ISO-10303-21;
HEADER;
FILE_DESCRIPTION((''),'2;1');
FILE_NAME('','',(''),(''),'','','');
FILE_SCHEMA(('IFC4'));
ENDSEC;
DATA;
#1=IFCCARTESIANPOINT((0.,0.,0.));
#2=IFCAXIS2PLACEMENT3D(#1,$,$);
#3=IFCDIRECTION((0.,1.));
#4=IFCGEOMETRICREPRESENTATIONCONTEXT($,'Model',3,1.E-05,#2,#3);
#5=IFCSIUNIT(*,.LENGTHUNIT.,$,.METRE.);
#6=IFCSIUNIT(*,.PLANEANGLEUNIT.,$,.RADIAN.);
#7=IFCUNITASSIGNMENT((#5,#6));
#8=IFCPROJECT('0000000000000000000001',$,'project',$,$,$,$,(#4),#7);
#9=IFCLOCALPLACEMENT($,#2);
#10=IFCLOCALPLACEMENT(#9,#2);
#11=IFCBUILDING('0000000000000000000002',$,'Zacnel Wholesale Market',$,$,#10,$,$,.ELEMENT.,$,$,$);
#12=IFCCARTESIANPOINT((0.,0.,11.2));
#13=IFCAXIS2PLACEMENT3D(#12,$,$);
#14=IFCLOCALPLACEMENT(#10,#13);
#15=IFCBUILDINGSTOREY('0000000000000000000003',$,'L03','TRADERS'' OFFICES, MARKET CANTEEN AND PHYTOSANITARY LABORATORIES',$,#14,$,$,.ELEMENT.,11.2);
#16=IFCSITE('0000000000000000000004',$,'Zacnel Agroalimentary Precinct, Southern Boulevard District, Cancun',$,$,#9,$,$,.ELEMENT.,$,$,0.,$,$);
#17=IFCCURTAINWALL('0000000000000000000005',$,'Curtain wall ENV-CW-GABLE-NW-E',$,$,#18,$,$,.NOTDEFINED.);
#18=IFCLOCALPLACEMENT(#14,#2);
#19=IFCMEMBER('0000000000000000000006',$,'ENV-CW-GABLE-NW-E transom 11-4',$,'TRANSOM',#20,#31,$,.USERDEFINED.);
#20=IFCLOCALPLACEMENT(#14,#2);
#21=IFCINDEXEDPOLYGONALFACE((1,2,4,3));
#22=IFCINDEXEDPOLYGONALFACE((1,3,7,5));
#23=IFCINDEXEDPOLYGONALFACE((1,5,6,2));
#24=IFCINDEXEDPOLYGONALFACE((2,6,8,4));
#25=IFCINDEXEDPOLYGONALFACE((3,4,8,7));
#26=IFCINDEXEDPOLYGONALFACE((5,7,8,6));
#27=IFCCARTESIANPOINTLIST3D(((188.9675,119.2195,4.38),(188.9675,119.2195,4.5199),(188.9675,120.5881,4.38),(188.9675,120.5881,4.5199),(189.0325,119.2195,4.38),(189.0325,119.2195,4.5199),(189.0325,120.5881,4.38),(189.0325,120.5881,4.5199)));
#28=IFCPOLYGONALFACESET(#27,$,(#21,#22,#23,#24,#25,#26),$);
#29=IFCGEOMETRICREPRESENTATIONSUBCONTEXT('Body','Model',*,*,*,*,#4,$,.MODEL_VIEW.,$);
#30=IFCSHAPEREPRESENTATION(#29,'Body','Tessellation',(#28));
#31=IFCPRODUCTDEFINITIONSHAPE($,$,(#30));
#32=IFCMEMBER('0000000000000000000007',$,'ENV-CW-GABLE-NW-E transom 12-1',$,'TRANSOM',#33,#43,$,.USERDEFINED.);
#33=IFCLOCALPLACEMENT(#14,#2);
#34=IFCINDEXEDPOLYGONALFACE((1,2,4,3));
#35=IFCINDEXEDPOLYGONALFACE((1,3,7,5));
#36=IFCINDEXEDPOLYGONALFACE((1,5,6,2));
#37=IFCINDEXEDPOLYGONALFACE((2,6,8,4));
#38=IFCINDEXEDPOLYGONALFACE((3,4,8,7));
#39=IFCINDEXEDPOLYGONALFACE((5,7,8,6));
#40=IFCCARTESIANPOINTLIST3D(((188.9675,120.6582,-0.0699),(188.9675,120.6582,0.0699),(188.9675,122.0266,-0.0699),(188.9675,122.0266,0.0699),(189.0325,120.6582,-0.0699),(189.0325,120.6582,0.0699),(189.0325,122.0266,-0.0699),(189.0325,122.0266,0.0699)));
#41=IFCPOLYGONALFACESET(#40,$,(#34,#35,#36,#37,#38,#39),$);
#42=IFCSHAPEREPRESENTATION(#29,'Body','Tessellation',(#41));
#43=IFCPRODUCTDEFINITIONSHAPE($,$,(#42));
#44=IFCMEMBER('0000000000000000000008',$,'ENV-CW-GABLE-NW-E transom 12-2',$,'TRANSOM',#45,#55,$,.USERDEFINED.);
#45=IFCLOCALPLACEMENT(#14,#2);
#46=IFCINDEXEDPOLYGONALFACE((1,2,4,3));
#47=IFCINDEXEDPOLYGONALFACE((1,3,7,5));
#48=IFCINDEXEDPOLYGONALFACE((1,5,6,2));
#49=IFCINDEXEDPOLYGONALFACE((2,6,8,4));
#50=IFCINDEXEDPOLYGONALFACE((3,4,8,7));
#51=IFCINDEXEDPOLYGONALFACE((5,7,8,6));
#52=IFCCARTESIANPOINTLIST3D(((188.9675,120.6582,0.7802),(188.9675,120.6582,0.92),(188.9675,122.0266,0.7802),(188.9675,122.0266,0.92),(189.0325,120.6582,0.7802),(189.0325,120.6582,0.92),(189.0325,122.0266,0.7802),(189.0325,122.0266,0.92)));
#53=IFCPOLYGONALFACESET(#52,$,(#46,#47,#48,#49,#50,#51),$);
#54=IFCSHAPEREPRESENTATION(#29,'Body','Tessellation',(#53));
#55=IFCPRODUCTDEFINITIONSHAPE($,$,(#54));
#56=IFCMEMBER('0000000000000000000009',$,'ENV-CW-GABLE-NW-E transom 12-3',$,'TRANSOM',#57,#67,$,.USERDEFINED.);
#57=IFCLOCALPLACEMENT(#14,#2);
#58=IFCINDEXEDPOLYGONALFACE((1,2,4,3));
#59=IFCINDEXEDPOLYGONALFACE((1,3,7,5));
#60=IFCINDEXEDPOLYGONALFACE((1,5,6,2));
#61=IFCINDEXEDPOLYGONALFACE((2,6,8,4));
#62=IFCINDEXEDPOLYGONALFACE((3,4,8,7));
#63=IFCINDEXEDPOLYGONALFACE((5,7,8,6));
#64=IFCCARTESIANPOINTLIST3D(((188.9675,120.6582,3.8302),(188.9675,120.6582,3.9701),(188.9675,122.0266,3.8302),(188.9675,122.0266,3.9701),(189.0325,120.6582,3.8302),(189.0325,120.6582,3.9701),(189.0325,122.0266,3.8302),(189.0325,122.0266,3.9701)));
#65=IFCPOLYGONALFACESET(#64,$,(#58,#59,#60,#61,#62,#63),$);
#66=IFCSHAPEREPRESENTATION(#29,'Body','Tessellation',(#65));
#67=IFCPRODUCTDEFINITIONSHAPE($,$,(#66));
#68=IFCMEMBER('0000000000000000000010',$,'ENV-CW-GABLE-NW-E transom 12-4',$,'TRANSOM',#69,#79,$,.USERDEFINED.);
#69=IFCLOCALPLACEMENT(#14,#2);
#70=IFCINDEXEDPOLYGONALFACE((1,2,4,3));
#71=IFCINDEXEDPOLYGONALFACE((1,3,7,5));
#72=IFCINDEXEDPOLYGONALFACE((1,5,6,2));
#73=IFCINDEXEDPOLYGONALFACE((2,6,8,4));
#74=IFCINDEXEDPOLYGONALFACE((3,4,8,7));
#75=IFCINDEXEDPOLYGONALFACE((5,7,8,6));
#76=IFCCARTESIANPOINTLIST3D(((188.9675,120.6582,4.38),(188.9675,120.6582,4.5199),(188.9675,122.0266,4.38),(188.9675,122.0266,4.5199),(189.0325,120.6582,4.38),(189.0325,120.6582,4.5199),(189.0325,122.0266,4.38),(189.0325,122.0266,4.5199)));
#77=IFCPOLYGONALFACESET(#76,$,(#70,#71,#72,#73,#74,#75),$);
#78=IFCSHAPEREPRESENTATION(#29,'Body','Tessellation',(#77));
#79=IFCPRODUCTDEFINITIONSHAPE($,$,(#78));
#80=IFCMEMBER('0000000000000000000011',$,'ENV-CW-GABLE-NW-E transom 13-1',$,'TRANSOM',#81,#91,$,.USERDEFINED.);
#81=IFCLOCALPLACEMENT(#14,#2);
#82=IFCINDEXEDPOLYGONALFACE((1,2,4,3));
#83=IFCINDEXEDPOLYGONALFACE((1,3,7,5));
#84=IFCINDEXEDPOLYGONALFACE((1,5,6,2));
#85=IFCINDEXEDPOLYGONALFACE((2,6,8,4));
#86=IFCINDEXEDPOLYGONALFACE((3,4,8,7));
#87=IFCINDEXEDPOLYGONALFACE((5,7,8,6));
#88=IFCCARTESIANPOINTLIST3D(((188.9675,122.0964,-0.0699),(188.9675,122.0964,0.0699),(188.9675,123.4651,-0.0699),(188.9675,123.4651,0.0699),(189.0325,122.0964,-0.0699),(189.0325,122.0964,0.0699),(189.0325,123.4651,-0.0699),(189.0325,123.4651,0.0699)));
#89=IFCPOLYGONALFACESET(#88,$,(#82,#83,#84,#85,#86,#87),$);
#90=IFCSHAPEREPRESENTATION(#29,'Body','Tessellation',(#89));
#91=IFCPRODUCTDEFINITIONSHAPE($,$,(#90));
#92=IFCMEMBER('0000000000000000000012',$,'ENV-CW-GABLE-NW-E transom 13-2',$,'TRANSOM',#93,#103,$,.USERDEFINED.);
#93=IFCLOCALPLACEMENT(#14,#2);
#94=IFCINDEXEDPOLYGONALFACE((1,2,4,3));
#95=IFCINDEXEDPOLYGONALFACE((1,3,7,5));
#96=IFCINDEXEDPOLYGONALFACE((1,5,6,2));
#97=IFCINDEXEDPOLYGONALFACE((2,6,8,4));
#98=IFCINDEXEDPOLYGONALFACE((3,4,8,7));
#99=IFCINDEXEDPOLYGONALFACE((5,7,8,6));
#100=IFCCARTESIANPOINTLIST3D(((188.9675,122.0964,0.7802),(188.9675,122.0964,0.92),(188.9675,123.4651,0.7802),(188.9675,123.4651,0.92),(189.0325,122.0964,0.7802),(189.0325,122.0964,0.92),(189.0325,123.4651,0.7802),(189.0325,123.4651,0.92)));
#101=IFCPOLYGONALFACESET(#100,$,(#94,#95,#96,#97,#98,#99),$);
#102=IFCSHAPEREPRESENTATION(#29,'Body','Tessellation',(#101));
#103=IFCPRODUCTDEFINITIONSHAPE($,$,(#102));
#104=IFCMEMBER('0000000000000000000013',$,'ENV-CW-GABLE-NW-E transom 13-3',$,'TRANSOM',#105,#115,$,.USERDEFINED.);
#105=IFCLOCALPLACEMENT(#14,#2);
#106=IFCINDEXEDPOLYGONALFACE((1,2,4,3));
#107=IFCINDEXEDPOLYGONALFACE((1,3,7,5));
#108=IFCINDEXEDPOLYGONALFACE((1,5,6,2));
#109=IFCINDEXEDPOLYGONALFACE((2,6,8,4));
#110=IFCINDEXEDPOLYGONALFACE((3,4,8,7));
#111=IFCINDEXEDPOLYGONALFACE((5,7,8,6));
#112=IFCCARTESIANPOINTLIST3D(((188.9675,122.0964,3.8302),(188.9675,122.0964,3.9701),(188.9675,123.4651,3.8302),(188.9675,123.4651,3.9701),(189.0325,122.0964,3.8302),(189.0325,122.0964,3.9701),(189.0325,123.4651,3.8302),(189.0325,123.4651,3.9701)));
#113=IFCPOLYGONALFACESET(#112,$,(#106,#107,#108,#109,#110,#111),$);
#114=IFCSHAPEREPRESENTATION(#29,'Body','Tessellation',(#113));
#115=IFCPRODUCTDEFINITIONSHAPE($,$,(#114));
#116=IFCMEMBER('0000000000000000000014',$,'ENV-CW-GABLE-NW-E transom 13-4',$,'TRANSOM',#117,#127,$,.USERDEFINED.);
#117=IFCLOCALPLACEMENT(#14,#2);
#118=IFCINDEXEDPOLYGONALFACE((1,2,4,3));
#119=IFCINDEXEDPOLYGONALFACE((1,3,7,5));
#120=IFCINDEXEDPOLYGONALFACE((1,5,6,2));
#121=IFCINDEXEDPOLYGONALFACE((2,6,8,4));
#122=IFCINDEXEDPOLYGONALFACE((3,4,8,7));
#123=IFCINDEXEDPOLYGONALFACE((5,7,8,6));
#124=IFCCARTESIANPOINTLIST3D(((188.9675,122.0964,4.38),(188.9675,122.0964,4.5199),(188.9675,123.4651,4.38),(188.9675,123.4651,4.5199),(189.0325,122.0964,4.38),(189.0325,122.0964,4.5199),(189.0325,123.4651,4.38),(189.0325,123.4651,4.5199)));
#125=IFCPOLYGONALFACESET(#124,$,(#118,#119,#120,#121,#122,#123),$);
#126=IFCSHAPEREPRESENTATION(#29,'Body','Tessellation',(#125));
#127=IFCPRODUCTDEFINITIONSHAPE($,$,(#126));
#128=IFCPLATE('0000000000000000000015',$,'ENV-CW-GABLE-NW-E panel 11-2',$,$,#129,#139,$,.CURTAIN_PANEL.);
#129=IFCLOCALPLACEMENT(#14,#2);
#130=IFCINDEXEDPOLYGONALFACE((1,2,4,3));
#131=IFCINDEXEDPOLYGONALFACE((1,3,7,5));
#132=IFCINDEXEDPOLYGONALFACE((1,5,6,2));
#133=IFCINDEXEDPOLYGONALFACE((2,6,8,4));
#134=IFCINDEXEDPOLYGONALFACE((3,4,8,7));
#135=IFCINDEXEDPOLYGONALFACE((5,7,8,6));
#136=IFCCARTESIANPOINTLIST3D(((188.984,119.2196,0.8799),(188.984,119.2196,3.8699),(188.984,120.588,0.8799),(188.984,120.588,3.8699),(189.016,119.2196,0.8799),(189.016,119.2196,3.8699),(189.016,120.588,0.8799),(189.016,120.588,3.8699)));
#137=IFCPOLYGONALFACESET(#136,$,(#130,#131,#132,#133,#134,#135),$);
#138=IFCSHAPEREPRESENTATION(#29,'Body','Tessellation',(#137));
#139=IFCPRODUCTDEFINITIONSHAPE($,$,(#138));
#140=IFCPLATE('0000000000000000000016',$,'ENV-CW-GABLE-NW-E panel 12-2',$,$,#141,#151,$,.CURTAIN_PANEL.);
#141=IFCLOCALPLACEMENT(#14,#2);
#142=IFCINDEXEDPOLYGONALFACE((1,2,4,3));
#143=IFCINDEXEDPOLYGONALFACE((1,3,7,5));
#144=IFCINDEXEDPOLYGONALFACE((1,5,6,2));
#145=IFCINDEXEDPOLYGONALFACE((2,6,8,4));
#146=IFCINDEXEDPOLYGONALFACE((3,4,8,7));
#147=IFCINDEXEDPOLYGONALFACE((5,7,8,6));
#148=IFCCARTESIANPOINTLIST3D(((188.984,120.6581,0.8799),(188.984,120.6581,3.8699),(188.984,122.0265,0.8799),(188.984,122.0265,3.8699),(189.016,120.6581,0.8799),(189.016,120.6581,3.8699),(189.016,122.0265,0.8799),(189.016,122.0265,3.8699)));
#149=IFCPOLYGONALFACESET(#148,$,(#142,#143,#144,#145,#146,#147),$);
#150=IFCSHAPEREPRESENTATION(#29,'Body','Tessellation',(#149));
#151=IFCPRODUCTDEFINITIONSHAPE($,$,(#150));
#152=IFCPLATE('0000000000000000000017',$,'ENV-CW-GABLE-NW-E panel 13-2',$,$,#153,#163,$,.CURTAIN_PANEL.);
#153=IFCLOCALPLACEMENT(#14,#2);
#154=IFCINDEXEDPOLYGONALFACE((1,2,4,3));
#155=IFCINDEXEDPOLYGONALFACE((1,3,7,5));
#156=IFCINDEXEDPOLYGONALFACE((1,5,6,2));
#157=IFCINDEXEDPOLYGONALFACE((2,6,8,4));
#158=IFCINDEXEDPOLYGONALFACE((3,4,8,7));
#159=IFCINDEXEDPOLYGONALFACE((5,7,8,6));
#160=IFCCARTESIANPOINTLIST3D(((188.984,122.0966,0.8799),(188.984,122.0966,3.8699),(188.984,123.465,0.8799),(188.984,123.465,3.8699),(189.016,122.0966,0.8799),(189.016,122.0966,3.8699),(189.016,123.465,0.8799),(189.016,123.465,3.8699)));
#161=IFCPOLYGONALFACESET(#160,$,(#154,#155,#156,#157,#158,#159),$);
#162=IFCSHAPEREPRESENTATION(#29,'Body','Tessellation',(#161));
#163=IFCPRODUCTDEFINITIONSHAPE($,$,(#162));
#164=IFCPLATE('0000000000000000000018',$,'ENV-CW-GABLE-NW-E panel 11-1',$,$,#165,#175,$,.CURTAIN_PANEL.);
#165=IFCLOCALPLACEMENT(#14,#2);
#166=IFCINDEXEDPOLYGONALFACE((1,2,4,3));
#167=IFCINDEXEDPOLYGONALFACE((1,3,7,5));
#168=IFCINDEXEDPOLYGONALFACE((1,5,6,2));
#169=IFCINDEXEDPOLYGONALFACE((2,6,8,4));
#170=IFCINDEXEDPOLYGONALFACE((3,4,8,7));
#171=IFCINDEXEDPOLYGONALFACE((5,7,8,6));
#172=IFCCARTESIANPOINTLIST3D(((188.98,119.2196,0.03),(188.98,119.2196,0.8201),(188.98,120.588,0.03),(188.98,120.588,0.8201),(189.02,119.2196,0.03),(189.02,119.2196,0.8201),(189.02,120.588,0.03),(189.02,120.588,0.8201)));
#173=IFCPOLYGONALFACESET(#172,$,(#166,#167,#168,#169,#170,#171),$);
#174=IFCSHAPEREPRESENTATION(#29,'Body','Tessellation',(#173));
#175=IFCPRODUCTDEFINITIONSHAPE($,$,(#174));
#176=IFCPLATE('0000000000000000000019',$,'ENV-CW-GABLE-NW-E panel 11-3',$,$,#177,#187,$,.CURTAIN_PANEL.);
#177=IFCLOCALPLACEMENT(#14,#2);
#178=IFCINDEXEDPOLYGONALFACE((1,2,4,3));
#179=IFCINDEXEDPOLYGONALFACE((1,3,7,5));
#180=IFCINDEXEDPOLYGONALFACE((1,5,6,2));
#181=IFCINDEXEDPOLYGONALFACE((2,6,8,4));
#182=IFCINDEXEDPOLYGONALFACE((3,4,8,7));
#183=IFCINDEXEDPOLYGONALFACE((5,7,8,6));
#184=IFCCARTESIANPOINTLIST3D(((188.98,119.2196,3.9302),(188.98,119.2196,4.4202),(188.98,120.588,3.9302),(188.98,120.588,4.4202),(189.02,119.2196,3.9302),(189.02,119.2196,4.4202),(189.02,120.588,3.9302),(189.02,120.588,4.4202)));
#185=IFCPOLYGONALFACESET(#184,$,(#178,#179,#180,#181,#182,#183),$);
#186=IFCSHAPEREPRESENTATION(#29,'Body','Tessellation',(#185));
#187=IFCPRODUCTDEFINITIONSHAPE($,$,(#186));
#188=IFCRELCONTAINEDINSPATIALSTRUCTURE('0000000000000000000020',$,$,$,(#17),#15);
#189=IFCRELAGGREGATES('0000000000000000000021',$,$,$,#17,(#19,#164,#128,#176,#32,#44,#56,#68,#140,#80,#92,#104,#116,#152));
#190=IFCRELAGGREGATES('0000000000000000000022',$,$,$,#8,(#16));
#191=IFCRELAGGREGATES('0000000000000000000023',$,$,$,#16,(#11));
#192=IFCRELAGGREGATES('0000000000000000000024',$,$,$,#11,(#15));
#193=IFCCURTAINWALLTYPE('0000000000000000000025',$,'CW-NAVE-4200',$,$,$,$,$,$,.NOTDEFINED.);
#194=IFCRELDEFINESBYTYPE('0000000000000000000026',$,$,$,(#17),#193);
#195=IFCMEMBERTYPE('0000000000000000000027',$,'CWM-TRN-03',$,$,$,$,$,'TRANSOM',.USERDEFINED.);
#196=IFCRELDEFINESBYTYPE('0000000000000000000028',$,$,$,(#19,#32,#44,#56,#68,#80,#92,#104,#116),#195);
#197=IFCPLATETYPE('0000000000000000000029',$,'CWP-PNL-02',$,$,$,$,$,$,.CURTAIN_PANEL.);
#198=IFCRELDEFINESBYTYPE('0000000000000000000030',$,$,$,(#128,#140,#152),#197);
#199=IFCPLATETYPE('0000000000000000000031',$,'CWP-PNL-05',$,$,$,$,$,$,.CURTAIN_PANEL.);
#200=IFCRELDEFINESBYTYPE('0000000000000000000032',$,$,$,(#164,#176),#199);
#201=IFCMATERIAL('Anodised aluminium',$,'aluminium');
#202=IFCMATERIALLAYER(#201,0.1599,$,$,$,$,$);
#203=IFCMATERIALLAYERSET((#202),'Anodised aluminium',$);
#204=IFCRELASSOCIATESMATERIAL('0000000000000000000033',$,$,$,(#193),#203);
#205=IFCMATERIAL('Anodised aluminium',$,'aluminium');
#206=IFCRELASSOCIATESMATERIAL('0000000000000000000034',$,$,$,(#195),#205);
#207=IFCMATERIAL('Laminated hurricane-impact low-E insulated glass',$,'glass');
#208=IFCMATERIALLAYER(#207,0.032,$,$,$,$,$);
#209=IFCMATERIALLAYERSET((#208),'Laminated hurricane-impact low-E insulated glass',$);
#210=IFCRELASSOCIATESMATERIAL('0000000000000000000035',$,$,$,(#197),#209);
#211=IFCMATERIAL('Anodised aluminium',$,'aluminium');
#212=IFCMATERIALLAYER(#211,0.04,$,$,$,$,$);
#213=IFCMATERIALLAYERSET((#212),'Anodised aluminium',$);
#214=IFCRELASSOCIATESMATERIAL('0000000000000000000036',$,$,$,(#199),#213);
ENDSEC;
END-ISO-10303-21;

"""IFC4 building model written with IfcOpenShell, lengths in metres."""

from ifc_helpers import new_model, si_unit, direction, frame, origin, origin_2d, place, context, subcontext, project, spatial, rectangle, extrude, material, layer, layer_set, material_profile, profile_set, type_object, element, aggregate, save


model = new_model("IFC4")

# Units and contexts
model_context = context("Model", 3, precision=1e-05, world=origin(), true_north=direction((0.0, 1.0)))
body_context = subcontext(model_context, "Body", "Model", "MODEL_VIEW")
ifc_project = project(units=[si_unit("LENGTHUNIT", "METRE"), si_unit("PLANEANGLEUNIT", "RADIAN")], contexts=[model_context])

# Site, building, storey
site_placement = place(None, origin())
site = spatial("IfcSite", under=ifc_project, at=site_placement, Name="Zacnel Agroalimentary Precinct, Southern Boulevard District, Cancun", CompositionType="ELEMENT", RefElevation=0.0)
building_placement = place(site_placement, origin())
building = spatial("IfcBuilding", under=site, at=building_placement, Name="Zacnel Wholesale Market", CompositionType="ELEMENT")
storey_placement = place(building_placement, frame((0.0, 0.0, 11.2)))
storey = spatial("IfcBuildingStorey", under=building, at=storey_placement, Name="L03", Description="TRADERS' OFFICES, MARKET CANTEEN AND PHYTOSANITARY LABORATORIES", CompositionType="ELEMENT", Elevation=11.2)

# Curtain wall
ifc_material_1 = material(Name="Anodised aluminium", Category="aluminium")
ifc_layer_1 = layer(ifc_material_1, 0.1599)
ifc_layer_set_1 = layer_set([ifc_layer_1], Name="Anodised aluminium")
curtain_wall_type_1 = type_object("IfcCurtainWallType", Name="CW-NAVE-4200", PredefinedType="NOTDEFINED", material=ifc_layer_set_1)
curtain_wall_1_placement = place(storey_placement, origin())
curtain_wall_1 = element("IfcCurtainWall", 1, at=curtain_wall_1_placement, inside=storey, type_object=curtain_wall_type_1, Name="Curtain wall ENV-CW-GABLE-NW-E", PredefinedType="NOTDEFINED")

# Members
ifc_material_2 = material(Name="Anodised aluminium", Category="aluminium")
ifc_material_profile_1 = material_profile(ifc_material_2, rectangle(XDim=0.0649, YDim=0.1399, at=origin_2d()), Name="AW-TRANSOM 65x140")
ifc_profile_set_1 = profile_set([ifc_material_profile_1], Name="Anodised aluminium")
member_type_1 = type_object("IfcMemberType", Name="CWM-TRN-03", ElementType="TRANSOM", PredefinedType="USERDEFINED", material=ifc_profile_set_1)
member_1_placement = place(storey_placement, frame((189.0, 119.2195, 4.45), z_axis=(0.0, 1.0, 0.0), x_axis=(-1.0, 0.0, 0.0)))
member_1 = element("IfcMember", 2, at=member_1_placement, type_object=member_type_1, Name="ENV-CW-GABLE-NW-E transom 11-4", ObjectType="TRANSOM", PredefinedType="USERDEFINED", context=body_context, shape_type="SweptSolid", body=[
    extrude(rectangle(XDim=0.0649, YDim=0.1399, at=origin_2d()), origin(), (0.0, 0.0, 1.0), 1.3687),
])
member_2_placement = place(storey_placement, frame((189.0, 120.6582, 0.0), z_axis=(0.0, 1.0, 0.0), x_axis=(-1.0, 0.0, 0.0)))
member_2 = element("IfcMember", 3, at=member_2_placement, type_object=member_type_1, Name="ENV-CW-GABLE-NW-E transom 12-1", ObjectType="TRANSOM", PredefinedType="USERDEFINED", context=body_context, shape_type="SweptSolid", body=[
    extrude(rectangle(XDim=0.0649, YDim=0.1399, at=origin_2d()), origin(), (0.0, 0.0, 1.0), 1.3684),
])
member_3_placement = place(storey_placement, frame((189.0, 120.6582, 0.8501), z_axis=(0.0, 1.0, 0.0), x_axis=(-1.0, 0.0, 0.0)))
member_3 = element("IfcMember", 4, at=member_3_placement, type_object=member_type_1, Name="ENV-CW-GABLE-NW-E transom 12-2", ObjectType="TRANSOM", PredefinedType="USERDEFINED", context=body_context, shape_type="SweptSolid", body=[
    extrude(rectangle(XDim=0.0649, YDim=0.1399, at=origin_2d()), origin(), (0.0, 0.0, 1.0), 1.3684),
])
member_4_placement = place(storey_placement, frame((189.0, 120.6582, 3.9001), z_axis=(0.0, 1.0, 0.0), x_axis=(-1.0, 0.0, 0.0)))
member_4 = element("IfcMember", 5, at=member_4_placement, type_object=member_type_1, Name="ENV-CW-GABLE-NW-E transom 12-3", ObjectType="TRANSOM", PredefinedType="USERDEFINED", context=body_context, shape_type="SweptSolid", body=[
    extrude(rectangle(XDim=0.0649, YDim=0.1399, at=origin_2d()), origin(), (0.0, 0.0, 1.0), 1.3684),
])
member_5_placement = place(storey_placement, frame((189.0, 120.6582, 4.45), z_axis=(0.0, 1.0, 0.0), x_axis=(-1.0, 0.0, 0.0)))
member_5 = element("IfcMember", 6, at=member_5_placement, type_object=member_type_1, Name="ENV-CW-GABLE-NW-E transom 12-4", ObjectType="TRANSOM", PredefinedType="USERDEFINED", context=body_context, shape_type="SweptSolid", body=[
    extrude(rectangle(XDim=0.0649, YDim=0.1399, at=origin_2d()), origin(), (0.0, 0.0, 1.0), 1.3684),
])
member_6_placement = place(storey_placement, frame((189.0, 122.0964, 0.0), z_axis=(0.0, 1.0, 0.0), x_axis=(-1.0, 0.0, 0.0)))
member_6 = element("IfcMember", 7, at=member_6_placement, type_object=member_type_1, Name="ENV-CW-GABLE-NW-E transom 13-1", ObjectType="TRANSOM", PredefinedType="USERDEFINED", context=body_context, shape_type="SweptSolid", body=[
    extrude(rectangle(XDim=0.0649, YDim=0.1399, at=origin_2d()), origin(), (0.0, 0.0, 1.0), 1.3687),
])
member_7_placement = place(storey_placement, frame((189.0, 122.0964, 0.8501), z_axis=(0.0, 1.0, 0.0), x_axis=(-1.0, 0.0, 0.0)))
member_7 = element("IfcMember", 8, at=member_7_placement, type_object=member_type_1, Name="ENV-CW-GABLE-NW-E transom 13-2", ObjectType="TRANSOM", PredefinedType="USERDEFINED", context=body_context, shape_type="SweptSolid", body=[
    extrude(rectangle(XDim=0.0649, YDim=0.1399, at=origin_2d()), origin(), (0.0, 0.0, 1.0), 1.3687),
])
member_8_placement = place(storey_placement, frame((189.0, 122.0964, 3.9001), z_axis=(0.0, 1.0, 0.0), x_axis=(-1.0, 0.0, 0.0)))
member_8 = element("IfcMember", 9, at=member_8_placement, type_object=member_type_1, Name="ENV-CW-GABLE-NW-E transom 13-3", ObjectType="TRANSOM", PredefinedType="USERDEFINED", context=body_context, shape_type="SweptSolid", body=[
    extrude(rectangle(XDim=0.0649, YDim=0.1399, at=origin_2d()), origin(), (0.0, 0.0, 1.0), 1.3687),
])
member_9_placement = place(storey_placement, frame((189.0, 122.0964, 4.45), z_axis=(0.0, 1.0, 0.0), x_axis=(-1.0, 0.0, 0.0)))
member_9 = element("IfcMember", 10, at=member_9_placement, type_object=member_type_1, Name="ENV-CW-GABLE-NW-E transom 13-4", ObjectType="TRANSOM", PredefinedType="USERDEFINED", context=body_context, shape_type="SweptSolid", body=[
    extrude(rectangle(XDim=0.0649, YDim=0.1399, at=origin_2d()), origin(), (0.0, 0.0, 1.0), 1.3687),
])

# Plates
ifc_material_3 = material(Name="Laminated hurricane-impact low-E insulated glass", Category="glass")
ifc_layer_2 = layer(ifc_material_3, 0.032)
ifc_layer_set_2 = layer_set([ifc_layer_2], Name="Laminated hurricane-impact low-E insulated glass")
plate_type_1 = type_object("IfcPlateType", Name="CWP-PNL-02", PredefinedType="CURTAIN_PANEL", material=ifc_layer_set_2)
plate_1_placement = place(storey_placement, frame((189.0, 119.9038, 0.8799), z_axis=(0.0, 0.0, 1.0), x_axis=(0.0, 1.0, 0.0)))
plate_1 = element("IfcPlate", 11, at=plate_1_placement, type_object=plate_type_1, Name="ENV-CW-GABLE-NW-E panel 11-2", PredefinedType="CURTAIN_PANEL", context=body_context, shape_type="SweptSolid", body=[
    extrude(rectangle(XDim=1.3684, YDim=0.032, at=origin_2d()), origin(), (0.0, 0.0, 1.0), 2.99),
])
plate_2_placement = place(storey_placement, frame((189.0, 121.3423, 0.8799), z_axis=(0.0, 0.0, 1.0), x_axis=(0.0, 1.0, 0.0)))
plate_2 = element("IfcPlate", 12, at=plate_2_placement, type_object=plate_type_1, Name="ENV-CW-GABLE-NW-E panel 12-2", PredefinedType="CURTAIN_PANEL", context=body_context, shape_type="SweptSolid", body=[
    extrude(rectangle(XDim=1.3684, YDim=0.032, at=origin_2d()), origin(), (0.0, 0.0, 1.0), 2.99),
])
plate_3_placement = place(storey_placement, frame((189.0, 122.7808, 0.8799), z_axis=(0.0, 0.0, 1.0), x_axis=(0.0, 1.0, 0.0)))
plate_3 = element("IfcPlate", 13, at=plate_3_placement, type_object=plate_type_1, Name="ENV-CW-GABLE-NW-E panel 13-2", PredefinedType="CURTAIN_PANEL", context=body_context, shape_type="SweptSolid", body=[
    extrude(rectangle(XDim=1.3684, YDim=0.032, at=origin_2d()), origin(), (0.0, 0.0, 1.0), 2.99),
])
ifc_material_4 = material(Name="Anodised aluminium", Category="aluminium")
ifc_layer_3 = layer(ifc_material_4, 0.04)
ifc_layer_set_3 = layer_set([ifc_layer_3], Name="Anodised aluminium")
plate_type_2 = type_object("IfcPlateType", Name="CWP-PNL-05", PredefinedType="CURTAIN_PANEL", material=ifc_layer_set_3)
plate_4_placement = place(storey_placement, frame((189.0, 119.9038, 0.03), z_axis=(0.0, 0.0, 1.0), x_axis=(0.0, 1.0, 0.0)))
plate_4 = element("IfcPlate", 14, at=plate_4_placement, type_object=plate_type_2, Name="ENV-CW-GABLE-NW-E panel 11-1", PredefinedType="CURTAIN_PANEL", context=body_context, shape_type="SweptSolid", body=[
    extrude(rectangle(XDim=1.3684, YDim=0.04, at=origin_2d()), origin(), (0.0, 0.0, 1.0), 0.79),
])
plate_5_placement = place(storey_placement, frame((189.0, 119.9038, 3.9302), z_axis=(0.0, 0.0, 1.0), x_axis=(0.0, 1.0, 0.0)))
plate_5 = element("IfcPlate", 15, at=plate_5_placement, type_object=plate_type_2, Name="ENV-CW-GABLE-NW-E panel 11-3", PredefinedType="CURTAIN_PANEL", context=body_context, shape_type="SweptSolid", body=[
    extrude(rectangle(XDim=1.3684, YDim=0.04, at=origin_2d()), origin(), (0.0, 0.0, 1.0), 0.49),
])
aggregate(curtain_wall_1, [member_1, plate_4, plate_1, plate_5, member_2, member_3, member_4, member_5, plate_2, member_6, member_7, member_8, member_9, plate_3])

save(model, "model.ifc")
